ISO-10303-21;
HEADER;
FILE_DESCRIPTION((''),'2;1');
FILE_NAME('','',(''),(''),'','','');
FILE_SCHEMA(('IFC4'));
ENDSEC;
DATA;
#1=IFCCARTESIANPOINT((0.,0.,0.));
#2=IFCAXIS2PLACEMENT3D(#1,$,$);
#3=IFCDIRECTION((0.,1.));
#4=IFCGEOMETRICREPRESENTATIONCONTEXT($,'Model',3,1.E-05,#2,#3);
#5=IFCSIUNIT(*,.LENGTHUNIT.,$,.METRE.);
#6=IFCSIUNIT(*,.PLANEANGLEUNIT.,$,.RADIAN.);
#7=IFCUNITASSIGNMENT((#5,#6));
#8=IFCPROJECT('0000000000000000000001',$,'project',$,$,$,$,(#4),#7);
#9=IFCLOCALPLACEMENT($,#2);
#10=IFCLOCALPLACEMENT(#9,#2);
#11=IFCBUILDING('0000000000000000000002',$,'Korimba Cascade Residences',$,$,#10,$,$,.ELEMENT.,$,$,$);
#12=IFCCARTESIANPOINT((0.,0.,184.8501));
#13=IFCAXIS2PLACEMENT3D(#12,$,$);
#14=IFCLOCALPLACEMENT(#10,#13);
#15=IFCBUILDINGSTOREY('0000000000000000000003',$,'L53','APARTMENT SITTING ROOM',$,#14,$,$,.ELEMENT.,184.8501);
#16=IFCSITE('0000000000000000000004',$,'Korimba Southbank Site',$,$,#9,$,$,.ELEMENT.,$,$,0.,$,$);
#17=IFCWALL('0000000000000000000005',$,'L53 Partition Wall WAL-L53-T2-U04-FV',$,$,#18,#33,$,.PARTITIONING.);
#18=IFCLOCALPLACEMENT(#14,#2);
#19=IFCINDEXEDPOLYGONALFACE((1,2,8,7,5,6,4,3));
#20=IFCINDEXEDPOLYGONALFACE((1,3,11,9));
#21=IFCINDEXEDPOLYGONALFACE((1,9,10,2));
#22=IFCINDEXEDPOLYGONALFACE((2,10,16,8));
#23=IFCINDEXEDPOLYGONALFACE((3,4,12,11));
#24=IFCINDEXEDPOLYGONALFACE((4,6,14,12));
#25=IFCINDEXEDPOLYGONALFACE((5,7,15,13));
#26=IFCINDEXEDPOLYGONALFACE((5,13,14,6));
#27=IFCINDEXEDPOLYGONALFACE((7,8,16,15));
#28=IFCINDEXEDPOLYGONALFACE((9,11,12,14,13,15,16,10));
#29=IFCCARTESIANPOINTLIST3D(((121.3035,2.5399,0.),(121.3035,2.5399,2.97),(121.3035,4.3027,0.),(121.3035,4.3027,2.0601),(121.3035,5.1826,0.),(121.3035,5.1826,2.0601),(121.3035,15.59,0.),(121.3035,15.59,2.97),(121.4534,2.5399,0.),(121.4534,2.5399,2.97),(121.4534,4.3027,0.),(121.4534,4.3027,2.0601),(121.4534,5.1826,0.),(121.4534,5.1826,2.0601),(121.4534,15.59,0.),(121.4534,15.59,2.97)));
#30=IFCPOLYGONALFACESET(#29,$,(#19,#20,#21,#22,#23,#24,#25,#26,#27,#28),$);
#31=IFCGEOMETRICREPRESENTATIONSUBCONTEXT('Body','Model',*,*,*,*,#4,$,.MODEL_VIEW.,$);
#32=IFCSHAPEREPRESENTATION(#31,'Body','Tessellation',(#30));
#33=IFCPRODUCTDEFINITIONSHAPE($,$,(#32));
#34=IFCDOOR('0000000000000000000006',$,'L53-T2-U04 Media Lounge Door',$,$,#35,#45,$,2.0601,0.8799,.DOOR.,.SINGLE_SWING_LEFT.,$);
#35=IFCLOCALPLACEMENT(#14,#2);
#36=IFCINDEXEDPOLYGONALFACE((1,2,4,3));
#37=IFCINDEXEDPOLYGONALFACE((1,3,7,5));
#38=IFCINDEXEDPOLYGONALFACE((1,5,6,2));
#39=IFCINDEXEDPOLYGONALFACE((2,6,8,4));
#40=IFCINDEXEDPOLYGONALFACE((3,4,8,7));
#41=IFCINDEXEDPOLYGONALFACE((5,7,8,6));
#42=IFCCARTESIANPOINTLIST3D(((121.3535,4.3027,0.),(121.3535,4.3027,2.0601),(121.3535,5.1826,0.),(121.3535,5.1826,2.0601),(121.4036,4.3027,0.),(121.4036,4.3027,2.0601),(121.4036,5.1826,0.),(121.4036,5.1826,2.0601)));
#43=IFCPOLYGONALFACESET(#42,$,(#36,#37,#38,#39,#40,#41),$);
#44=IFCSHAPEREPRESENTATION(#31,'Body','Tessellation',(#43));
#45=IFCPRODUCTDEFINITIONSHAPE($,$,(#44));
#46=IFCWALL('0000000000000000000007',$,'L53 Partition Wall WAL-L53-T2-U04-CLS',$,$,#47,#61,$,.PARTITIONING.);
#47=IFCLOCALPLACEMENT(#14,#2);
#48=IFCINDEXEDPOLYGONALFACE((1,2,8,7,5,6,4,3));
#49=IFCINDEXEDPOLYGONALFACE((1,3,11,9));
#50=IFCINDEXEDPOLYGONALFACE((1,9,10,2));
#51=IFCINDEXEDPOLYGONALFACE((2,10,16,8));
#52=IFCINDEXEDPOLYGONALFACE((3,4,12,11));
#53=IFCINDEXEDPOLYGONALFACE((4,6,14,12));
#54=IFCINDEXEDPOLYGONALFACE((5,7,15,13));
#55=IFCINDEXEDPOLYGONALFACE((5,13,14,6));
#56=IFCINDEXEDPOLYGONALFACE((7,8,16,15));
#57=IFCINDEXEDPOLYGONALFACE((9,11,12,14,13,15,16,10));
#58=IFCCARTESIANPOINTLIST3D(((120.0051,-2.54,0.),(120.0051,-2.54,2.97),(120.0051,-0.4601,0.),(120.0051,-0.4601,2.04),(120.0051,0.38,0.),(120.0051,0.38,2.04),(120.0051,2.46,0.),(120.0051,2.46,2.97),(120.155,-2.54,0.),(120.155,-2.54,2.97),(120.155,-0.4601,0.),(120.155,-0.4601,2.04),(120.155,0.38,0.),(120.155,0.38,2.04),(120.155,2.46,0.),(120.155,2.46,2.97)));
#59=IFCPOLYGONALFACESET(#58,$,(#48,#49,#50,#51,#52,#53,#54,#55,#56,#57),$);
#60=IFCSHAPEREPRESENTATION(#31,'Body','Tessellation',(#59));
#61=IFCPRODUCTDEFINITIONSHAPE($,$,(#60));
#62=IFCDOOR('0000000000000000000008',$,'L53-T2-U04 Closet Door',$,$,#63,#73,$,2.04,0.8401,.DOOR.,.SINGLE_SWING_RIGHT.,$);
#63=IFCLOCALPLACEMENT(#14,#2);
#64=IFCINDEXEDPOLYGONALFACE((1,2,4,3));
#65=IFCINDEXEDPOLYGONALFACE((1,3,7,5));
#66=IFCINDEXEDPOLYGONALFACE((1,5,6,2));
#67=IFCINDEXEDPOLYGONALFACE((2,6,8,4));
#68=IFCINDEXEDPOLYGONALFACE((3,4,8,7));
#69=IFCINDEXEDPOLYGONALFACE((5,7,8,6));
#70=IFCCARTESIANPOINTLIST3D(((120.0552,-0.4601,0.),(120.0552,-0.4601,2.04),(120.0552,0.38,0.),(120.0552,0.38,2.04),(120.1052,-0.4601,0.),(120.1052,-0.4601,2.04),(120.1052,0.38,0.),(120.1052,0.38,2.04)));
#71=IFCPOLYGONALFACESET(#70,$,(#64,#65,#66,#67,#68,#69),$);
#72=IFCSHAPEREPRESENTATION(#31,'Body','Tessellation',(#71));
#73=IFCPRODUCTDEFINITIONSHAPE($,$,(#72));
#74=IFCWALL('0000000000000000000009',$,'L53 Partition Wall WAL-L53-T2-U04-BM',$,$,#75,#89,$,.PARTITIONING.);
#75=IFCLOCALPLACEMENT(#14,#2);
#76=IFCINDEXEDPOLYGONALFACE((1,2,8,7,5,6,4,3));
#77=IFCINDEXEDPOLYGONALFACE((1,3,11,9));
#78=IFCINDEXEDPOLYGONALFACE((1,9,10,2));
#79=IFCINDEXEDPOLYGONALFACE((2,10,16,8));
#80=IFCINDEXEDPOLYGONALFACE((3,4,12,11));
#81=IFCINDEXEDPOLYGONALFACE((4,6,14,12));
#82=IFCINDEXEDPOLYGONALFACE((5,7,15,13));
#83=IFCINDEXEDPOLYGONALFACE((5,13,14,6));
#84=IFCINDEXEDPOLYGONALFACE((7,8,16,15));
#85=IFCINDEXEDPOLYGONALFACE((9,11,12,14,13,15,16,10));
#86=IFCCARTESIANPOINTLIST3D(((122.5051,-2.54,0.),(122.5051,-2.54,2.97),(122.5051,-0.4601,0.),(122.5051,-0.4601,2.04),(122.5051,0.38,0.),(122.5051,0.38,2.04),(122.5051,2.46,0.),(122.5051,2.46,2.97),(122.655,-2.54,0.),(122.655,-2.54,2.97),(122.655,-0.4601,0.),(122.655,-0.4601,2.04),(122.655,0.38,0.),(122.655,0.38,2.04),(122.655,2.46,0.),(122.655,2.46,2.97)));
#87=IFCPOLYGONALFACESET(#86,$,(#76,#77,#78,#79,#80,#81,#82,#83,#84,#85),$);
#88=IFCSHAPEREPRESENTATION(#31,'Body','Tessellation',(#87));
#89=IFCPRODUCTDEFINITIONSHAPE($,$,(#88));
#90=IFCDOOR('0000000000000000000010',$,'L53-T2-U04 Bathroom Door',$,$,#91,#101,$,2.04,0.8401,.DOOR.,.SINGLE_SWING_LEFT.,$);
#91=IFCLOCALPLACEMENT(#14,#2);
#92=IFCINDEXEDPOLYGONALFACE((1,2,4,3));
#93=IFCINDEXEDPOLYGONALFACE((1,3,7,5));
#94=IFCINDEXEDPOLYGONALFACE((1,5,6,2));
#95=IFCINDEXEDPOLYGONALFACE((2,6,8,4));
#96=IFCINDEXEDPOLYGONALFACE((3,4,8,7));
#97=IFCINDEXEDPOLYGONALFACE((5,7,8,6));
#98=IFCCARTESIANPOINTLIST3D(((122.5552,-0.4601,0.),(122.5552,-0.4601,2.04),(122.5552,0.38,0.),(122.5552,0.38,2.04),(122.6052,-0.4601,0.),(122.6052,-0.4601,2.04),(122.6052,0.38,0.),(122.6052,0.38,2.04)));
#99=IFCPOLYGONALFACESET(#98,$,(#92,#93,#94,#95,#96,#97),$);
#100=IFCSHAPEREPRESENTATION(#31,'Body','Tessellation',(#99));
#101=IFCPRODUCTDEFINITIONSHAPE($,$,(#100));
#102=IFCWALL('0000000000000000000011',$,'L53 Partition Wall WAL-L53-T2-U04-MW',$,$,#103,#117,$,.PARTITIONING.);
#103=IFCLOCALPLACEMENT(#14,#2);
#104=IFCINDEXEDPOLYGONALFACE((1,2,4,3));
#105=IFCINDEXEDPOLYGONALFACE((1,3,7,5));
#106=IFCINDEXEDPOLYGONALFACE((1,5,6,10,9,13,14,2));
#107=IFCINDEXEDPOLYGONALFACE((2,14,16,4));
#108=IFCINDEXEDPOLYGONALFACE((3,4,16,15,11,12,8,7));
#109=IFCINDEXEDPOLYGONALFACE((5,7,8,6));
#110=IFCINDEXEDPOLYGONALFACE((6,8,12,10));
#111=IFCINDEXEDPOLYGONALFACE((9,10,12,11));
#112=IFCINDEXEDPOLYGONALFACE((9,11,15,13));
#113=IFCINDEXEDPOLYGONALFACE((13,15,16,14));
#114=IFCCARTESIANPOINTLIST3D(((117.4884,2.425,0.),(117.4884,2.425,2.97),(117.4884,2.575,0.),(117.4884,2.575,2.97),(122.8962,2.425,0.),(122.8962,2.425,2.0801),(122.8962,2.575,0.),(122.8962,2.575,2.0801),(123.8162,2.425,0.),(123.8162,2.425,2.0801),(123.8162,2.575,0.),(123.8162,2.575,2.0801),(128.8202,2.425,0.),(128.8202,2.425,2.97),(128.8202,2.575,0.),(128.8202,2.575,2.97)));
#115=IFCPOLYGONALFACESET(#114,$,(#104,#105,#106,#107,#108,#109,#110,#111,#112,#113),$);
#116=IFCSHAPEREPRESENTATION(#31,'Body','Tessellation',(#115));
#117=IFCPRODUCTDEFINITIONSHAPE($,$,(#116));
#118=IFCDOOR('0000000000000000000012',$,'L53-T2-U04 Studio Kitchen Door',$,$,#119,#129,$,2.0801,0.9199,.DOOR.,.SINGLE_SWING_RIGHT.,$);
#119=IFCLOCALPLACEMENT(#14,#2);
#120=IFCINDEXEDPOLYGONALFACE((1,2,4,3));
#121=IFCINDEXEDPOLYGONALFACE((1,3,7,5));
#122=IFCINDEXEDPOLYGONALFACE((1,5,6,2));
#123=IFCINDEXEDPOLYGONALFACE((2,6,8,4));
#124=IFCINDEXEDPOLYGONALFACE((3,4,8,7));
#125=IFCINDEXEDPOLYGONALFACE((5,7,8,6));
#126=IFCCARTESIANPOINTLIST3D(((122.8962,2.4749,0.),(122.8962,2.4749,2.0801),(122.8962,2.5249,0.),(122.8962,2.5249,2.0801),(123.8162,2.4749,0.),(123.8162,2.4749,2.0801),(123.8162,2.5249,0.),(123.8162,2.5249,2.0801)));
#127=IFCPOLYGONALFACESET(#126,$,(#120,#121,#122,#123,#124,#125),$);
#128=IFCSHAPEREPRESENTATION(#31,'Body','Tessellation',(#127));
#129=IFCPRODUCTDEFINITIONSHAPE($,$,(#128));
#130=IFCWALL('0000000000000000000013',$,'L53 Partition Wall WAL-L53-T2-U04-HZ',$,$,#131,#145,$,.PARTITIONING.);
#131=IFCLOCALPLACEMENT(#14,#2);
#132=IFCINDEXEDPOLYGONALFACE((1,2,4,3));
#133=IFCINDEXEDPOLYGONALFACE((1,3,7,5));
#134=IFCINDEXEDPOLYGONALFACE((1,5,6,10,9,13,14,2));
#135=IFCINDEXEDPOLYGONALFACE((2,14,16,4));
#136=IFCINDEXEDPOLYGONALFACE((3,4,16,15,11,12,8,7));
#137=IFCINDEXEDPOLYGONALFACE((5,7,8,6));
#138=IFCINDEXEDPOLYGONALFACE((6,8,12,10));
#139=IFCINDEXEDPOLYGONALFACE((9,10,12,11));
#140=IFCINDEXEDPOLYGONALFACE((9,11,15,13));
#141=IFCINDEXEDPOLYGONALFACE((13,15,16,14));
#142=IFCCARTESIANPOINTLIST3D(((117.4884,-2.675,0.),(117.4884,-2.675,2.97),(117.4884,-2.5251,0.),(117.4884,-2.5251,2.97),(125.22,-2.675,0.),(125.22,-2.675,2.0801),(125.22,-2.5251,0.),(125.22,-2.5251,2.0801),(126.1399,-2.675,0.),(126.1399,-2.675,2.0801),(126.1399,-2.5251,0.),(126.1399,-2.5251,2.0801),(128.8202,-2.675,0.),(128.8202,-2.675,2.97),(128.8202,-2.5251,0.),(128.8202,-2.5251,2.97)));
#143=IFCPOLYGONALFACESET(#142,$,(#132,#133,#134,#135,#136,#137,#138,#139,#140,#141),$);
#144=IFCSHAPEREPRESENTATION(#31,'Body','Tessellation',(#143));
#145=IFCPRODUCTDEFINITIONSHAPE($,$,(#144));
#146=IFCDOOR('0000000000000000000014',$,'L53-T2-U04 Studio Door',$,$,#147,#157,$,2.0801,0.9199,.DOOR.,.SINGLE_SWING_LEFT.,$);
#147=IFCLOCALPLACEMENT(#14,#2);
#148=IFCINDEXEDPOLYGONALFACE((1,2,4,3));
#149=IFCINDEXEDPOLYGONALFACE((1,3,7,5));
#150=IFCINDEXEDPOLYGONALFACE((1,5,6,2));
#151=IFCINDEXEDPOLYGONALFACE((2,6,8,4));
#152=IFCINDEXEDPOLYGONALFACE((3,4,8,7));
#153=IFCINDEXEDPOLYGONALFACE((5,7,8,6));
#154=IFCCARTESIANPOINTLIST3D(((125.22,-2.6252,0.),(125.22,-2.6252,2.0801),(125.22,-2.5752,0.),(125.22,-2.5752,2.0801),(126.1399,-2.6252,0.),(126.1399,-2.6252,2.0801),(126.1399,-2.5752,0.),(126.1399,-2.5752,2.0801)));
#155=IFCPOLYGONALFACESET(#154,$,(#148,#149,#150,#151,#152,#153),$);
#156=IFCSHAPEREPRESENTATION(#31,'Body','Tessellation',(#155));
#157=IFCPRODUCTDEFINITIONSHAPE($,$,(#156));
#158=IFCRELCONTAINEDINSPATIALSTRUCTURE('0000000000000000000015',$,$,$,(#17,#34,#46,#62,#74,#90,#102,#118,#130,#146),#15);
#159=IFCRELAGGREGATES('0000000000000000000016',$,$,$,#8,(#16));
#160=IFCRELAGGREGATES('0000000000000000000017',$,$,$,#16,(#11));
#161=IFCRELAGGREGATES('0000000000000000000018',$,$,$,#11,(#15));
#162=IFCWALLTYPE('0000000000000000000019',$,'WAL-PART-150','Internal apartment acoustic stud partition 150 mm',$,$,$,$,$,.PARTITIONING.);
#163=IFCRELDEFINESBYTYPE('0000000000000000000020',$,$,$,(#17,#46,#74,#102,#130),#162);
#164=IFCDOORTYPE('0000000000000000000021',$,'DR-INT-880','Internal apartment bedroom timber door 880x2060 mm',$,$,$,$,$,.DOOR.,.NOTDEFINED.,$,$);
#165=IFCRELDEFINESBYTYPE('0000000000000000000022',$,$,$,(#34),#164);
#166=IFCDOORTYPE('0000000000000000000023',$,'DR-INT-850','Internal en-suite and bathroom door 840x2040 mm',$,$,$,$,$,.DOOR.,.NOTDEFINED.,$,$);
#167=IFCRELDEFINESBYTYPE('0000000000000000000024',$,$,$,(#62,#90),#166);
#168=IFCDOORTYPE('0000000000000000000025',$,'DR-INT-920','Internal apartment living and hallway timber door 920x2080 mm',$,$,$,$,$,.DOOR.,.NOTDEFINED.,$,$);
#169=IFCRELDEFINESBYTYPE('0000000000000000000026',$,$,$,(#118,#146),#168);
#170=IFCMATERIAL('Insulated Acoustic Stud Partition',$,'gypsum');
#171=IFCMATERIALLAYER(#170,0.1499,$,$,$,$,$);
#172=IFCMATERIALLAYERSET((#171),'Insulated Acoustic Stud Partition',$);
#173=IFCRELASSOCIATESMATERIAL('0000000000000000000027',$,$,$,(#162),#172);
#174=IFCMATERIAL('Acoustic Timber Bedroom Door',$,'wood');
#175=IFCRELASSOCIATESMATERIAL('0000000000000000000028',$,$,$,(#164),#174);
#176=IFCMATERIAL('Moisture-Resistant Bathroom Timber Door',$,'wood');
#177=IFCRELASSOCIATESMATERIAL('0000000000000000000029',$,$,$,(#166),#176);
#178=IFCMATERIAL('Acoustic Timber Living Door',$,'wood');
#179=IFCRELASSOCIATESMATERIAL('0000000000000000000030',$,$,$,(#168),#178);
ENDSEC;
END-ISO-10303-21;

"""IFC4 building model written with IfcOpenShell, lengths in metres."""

from ifc_helpers import new_model, si_unit, direction, frame, frame_2d, origin, place, context, subcontext, project, spatial, rectangle, extrude, material, layer, layer_set, type_object, element, fill, save


model = new_model("IFC4")

# Units and contexts
model_context = context("Model", 3, precision=1e-05, world=origin(), true_north=direction((0.0, 1.0)))
body_context = subcontext(model_context, "Body", "Model", "MODEL_VIEW")
ifc_project = project(units=[si_unit("LENGTHUNIT", "METRE"), si_unit("PLANEANGLEUNIT", "RADIAN")], contexts=[model_context])

# Site, building, storey
site_placement = place(None, origin())
site = spatial("IfcSite", under=ifc_project, at=site_placement, Name="Korimba Southbank Site", CompositionType="ELEMENT", RefElevation=0.0)
building_placement = place(site_placement, origin())
building = spatial("IfcBuilding", under=site, at=building_placement, Name="Korimba Cascade Residences", CompositionType="ELEMENT")
storey_placement = place(building_placement, frame((0.0, 0.0, 184.8501)))
storey = spatial("IfcBuildingStorey", under=building, at=storey_placement, Name="L53", Description="APARTMENT SITTING ROOM", CompositionType="ELEMENT", Elevation=184.8501)

# Walls, openings, doors
ifc_material_1 = material(Name="Insulated Acoustic Stud Partition", Category="gypsum")
ifc_layer_1 = layer(ifc_material_1, 0.1499)
ifc_layer_set_1 = layer_set([ifc_layer_1], Name="Insulated Acoustic Stud Partition")
wall_type_1 = type_object("IfcWallType", Name="WAL-PART-150", Description="Internal apartment acoustic stud partition 150 mm", PredefinedType="PARTITIONING", material=ifc_layer_set_1)
wall_1_placement = place(storey_placement, frame((121.3784, 2.54, 0.0), z_axis=(0.0, 0.0, 1.0), x_axis=(0.0, 1.0, 0.0)))
wall_1 = element("IfcWall", 1, at=wall_1_placement, inside=storey, type_object=wall_type_1, Name="L53 Partition Wall WAL-L53-T2-U04-FV", PredefinedType="PARTITIONING", context=body_context, shape_type="SweptSolid", body=[
    extrude(rectangle(XDim=13.05, YDim=0.1499, at=frame_2d((6.5249, 0.0))), origin(), (0.0, 0.0, 1.0), 2.97),
])
opening_1_placement = place(wall_1_placement, frame((1.7627, 0.0, 0.0)))
opening_1 = element("IfcOpeningElement", 2, at=opening_1_placement, cuts=wall_1, PredefinedType="OPENING", context=body_context, shape_type="SweptSolid", body=[
    extrude(rectangle(XDim=0.8799, YDim=2.0601, at=frame_2d((0.4399, 1.03))), frame((0.0, 0.085, 0.0), z_axis=(0.0, -1.0, 0.0), x_axis=(1.0, 0.0, 0.0)), (0.0, 0.0, 1.0), 0.1699),
])
ifc_material_2 = material(Name="Acoustic Timber Bedroom Door", Category="wood")
door_type_1 = type_object("IfcDoorType", Name="DR-INT-880", Description="Internal apartment bedroom timber door 880x2060 mm", OperationType="NOTDEFINED", PredefinedType="DOOR", material=ifc_material_2)
door_1_placement = place(opening_1_placement, origin())
door_1 = element("IfcDoor", 3, at=door_1_placement, inside=storey, type_object=door_type_1, Name="L53-T2-U04 Media Lounge Door", OperationType="SINGLE_SWING_LEFT", OverallHeight=2.0601, OverallWidth=0.8799, PredefinedType="DOOR", context=body_context, shape_type="SweptSolid", body=[
    extrude(rectangle(XDim=0.8799, YDim=2.0601, at=frame_2d((0.4399, 1.03))), frame((0.0, 0.0249, 0.0), z_axis=(0.0, -1.0, 0.0), x_axis=(1.0, 0.0, 0.0)), (0.0, 0.0, 1.0), 0.05),
])
fill(opening_1, door_1)
wall_2_placement = place(storey_placement, frame((120.0801, -2.54, 0.0), z_axis=(0.0, 0.0, 1.0), x_axis=(0.0, 1.0, 0.0)))
wall_2 = element("IfcWall", 4, at=wall_2_placement, inside=storey, type_object=wall_type_1, Name="L53 Partition Wall WAL-L53-T2-U04-CLS", PredefinedType="PARTITIONING", context=body_context, shape_type="SweptSolid", body=[
    extrude(rectangle(XDim=5.0, YDim=0.1499, at=frame_2d((2.5, 0.0))), origin(), (0.0, 0.0, 1.0), 2.97),
])
opening_2_placement = place(wall_2_placement, frame((2.0801, 0.0, 0.0)))
opening_2 = element("IfcOpeningElement", 5, at=opening_2_placement, cuts=wall_2, PredefinedType="OPENING", context=body_context, shape_type="SweptSolid", body=[
    extrude(rectangle(XDim=0.8401, YDim=2.04, at=frame_2d((0.4199, 1.02))), frame((0.0, 0.085, 0.0), z_axis=(0.0, -1.0, 0.0), x_axis=(1.0, 0.0, 0.0)), (0.0, 0.0, 1.0), 0.1699),
])
ifc_material_3 = material(Name="Moisture-Resistant Bathroom Timber Door", Category="wood")
door_type_2 = type_object("IfcDoorType", Name="DR-INT-850", Description="Internal en-suite and bathroom door 840x2040 mm", OperationType="NOTDEFINED", PredefinedType="DOOR", material=ifc_material_3)
door_2_placement = place(opening_2_placement, origin())
door_2 = element("IfcDoor", 6, at=door_2_placement, inside=storey, type_object=door_type_2, Name="L53-T2-U04 Closet Door", OperationType="SINGLE_SWING_RIGHT", OverallHeight=2.04, OverallWidth=0.8401, PredefinedType="DOOR", context=body_context, shape_type="SweptSolid", body=[
    extrude(rectangle(XDim=0.8401, YDim=2.04, at=frame_2d((0.4199, 1.02))), frame((0.0, 0.0249, 0.0), z_axis=(0.0, -1.0, 0.0), x_axis=(1.0, 0.0, 0.0)), (0.0, 0.0, 1.0), 0.05),
])
fill(opening_2, door_2)
wall_3_placement = place(storey_placement, frame((122.5801, -2.54, 0.0), z_axis=(0.0, 0.0, 1.0), x_axis=(0.0, 1.0, 0.0)))
wall_3 = element("IfcWall", 7, at=wall_3_placement, inside=storey, type_object=wall_type_1, Name="L53 Partition Wall WAL-L53-T2-U04-BM", PredefinedType="PARTITIONING", context=body_context, shape_type="SweptSolid", body=[
    extrude(rectangle(XDim=5.0, YDim=0.1499, at=frame_2d((2.5, 0.0))), origin(), (0.0, 0.0, 1.0), 2.97),
])
opening_3_placement = place(wall_3_placement, frame((2.0801, 0.0, 0.0)))
opening_3 = element("IfcOpeningElement", 8, at=opening_3_placement, cuts=wall_3, PredefinedType="OPENING", context=body_context, shape_type="SweptSolid", body=[
    extrude(rectangle(XDim=0.8401, YDim=2.04, at=frame_2d((0.4199, 1.02))), frame((0.0, 0.085, 0.0), z_axis=(0.0, -1.0, 0.0), x_axis=(1.0, 0.0, 0.0)), (0.0, 0.0, 1.0), 0.1699),
])
door_3_placement = place(opening_3_placement, origin())
door_3 = element("IfcDoor", 9, at=door_3_placement, inside=storey, type_object=door_type_2, Name="L53-T2-U04 Bathroom Door", OperationType="SINGLE_SWING_LEFT", OverallHeight=2.04, OverallWidth=0.8401, PredefinedType="DOOR", context=body_context, shape_type="SweptSolid", body=[
    extrude(rectangle(XDim=0.8401, YDim=2.04, at=frame_2d((0.4199, 1.02))), frame((0.0, 0.0249, 0.0), z_axis=(0.0, -1.0, 0.0), x_axis=(1.0, 0.0, 0.0)), (0.0, 0.0, 1.0), 0.05),
])
fill(opening_3, door_3)
wall_4_placement = place(storey_placement, frame((117.4883, 2.5, 0.0), z_axis=(0.0, 0.0, 1.0), x_axis=(1.0, 0.0, 0.0)))
wall_4 = element("IfcWall", 10, at=wall_4_placement, inside=storey, type_object=wall_type_1, Name="L53 Partition Wall WAL-L53-T2-U04-MW", PredefinedType="PARTITIONING", context=body_context, shape_type="SweptSolid", body=[
    extrude(rectangle(XDim=11.3318, YDim=0.1499, at=frame_2d((5.666, 0.0))), origin(), (0.0, 0.0, 1.0), 2.97),
])
opening_4_placement = place(wall_4_placement, frame((5.408, 0.0, 0.0)))
opening_4 = element("IfcOpeningElement", 11, at=opening_4_placement, cuts=wall_4, PredefinedType="OPENING", context=body_context, shape_type="SweptSolid", body=[
    extrude(rectangle(XDim=0.9199, YDim=2.0801, at=frame_2d((0.46, 1.04))), frame((0.0, 0.085, 0.0), z_axis=(0.0, -1.0, 0.0), x_axis=(1.0, 0.0, 0.0)), (0.0, 0.0, 1.0), 0.1699),
])
ifc_material_4 = material(Name="Acoustic Timber Living Door", Category="wood")
door_type_3 = type_object("IfcDoorType", Name="DR-INT-920", Description="Internal apartment living and hallway timber door 920x2080 mm", OperationType="NOTDEFINED", PredefinedType="DOOR", material=ifc_material_4)
door_4_placement = place(opening_4_placement, origin())
door_4 = element("IfcDoor", 12, at=door_4_placement, inside=storey, type_object=door_type_3, Name="L53-T2-U04 Studio Kitchen Door", OperationType="SINGLE_SWING_RIGHT", OverallHeight=2.0801, OverallWidth=0.9199, PredefinedType="DOOR", context=body_context, shape_type="SweptSolid", body=[
    extrude(rectangle(XDim=0.9199, YDim=2.0801, at=frame_2d((0.46, 1.04))), frame((0.0, 0.0249, 0.0), z_axis=(0.0, -1.0, 0.0), x_axis=(1.0, 0.0, 0.0)), (0.0, 0.0, 1.0), 0.05),
])
fill(opening_4, door_4)
wall_5_placement = place(storey_placement, frame((117.4883, -2.6001, 0.0), z_axis=(0.0, 0.0, 1.0), x_axis=(1.0, 0.0, 0.0)))
wall_5 = element("IfcWall", 13, at=wall_5_placement, inside=storey, type_object=wall_type_1, Name="L53 Partition Wall WAL-L53-T2-U04-HZ", PredefinedType="PARTITIONING", context=body_context, shape_type="SweptSolid", body=[
    extrude(rectangle(XDim=11.3318, YDim=0.1499, at=frame_2d((5.666, 0.0))), origin(), (0.0, 0.0, 1.0), 2.97),
])
opening_5_placement = place(wall_5_placement, frame((7.7317, 0.0, 0.0)))
opening_5 = element("IfcOpeningElement", 14, at=opening_5_placement, cuts=wall_5, PredefinedType="OPENING", context=body_context, shape_type="SweptSolid", body=[
    extrude(rectangle(XDim=0.9199, YDim=2.0801, at=frame_2d((0.46, 1.04))), frame((0.0, 0.085, 0.0), z_axis=(0.0, -1.0, 0.0), x_axis=(1.0, 0.0, 0.0)), (0.0, 0.0, 1.0), 0.1699),
])
door_5_placement = place(opening_5_placement, origin())
door_5 = element("IfcDoor", 15, at=door_5_placement, inside=storey, type_object=door_type_3, Name="L53-T2-U04 Studio Door", OperationType="SINGLE_SWING_LEFT", OverallHeight=2.0801, OverallWidth=0.9199, PredefinedType="DOOR", context=body_context, shape_type="SweptSolid", body=[
    extrude(rectangle(XDim=0.9199, YDim=2.0801, at=frame_2d((0.46, 1.04))), frame((0.0, 0.0249, 0.0), z_axis=(0.0, -1.0, 0.0), x_axis=(1.0, 0.0, 0.0)), (0.0, 0.0, 1.0), 0.05),
])
fill(opening_5, door_5)

save(model, "model.ifc")
